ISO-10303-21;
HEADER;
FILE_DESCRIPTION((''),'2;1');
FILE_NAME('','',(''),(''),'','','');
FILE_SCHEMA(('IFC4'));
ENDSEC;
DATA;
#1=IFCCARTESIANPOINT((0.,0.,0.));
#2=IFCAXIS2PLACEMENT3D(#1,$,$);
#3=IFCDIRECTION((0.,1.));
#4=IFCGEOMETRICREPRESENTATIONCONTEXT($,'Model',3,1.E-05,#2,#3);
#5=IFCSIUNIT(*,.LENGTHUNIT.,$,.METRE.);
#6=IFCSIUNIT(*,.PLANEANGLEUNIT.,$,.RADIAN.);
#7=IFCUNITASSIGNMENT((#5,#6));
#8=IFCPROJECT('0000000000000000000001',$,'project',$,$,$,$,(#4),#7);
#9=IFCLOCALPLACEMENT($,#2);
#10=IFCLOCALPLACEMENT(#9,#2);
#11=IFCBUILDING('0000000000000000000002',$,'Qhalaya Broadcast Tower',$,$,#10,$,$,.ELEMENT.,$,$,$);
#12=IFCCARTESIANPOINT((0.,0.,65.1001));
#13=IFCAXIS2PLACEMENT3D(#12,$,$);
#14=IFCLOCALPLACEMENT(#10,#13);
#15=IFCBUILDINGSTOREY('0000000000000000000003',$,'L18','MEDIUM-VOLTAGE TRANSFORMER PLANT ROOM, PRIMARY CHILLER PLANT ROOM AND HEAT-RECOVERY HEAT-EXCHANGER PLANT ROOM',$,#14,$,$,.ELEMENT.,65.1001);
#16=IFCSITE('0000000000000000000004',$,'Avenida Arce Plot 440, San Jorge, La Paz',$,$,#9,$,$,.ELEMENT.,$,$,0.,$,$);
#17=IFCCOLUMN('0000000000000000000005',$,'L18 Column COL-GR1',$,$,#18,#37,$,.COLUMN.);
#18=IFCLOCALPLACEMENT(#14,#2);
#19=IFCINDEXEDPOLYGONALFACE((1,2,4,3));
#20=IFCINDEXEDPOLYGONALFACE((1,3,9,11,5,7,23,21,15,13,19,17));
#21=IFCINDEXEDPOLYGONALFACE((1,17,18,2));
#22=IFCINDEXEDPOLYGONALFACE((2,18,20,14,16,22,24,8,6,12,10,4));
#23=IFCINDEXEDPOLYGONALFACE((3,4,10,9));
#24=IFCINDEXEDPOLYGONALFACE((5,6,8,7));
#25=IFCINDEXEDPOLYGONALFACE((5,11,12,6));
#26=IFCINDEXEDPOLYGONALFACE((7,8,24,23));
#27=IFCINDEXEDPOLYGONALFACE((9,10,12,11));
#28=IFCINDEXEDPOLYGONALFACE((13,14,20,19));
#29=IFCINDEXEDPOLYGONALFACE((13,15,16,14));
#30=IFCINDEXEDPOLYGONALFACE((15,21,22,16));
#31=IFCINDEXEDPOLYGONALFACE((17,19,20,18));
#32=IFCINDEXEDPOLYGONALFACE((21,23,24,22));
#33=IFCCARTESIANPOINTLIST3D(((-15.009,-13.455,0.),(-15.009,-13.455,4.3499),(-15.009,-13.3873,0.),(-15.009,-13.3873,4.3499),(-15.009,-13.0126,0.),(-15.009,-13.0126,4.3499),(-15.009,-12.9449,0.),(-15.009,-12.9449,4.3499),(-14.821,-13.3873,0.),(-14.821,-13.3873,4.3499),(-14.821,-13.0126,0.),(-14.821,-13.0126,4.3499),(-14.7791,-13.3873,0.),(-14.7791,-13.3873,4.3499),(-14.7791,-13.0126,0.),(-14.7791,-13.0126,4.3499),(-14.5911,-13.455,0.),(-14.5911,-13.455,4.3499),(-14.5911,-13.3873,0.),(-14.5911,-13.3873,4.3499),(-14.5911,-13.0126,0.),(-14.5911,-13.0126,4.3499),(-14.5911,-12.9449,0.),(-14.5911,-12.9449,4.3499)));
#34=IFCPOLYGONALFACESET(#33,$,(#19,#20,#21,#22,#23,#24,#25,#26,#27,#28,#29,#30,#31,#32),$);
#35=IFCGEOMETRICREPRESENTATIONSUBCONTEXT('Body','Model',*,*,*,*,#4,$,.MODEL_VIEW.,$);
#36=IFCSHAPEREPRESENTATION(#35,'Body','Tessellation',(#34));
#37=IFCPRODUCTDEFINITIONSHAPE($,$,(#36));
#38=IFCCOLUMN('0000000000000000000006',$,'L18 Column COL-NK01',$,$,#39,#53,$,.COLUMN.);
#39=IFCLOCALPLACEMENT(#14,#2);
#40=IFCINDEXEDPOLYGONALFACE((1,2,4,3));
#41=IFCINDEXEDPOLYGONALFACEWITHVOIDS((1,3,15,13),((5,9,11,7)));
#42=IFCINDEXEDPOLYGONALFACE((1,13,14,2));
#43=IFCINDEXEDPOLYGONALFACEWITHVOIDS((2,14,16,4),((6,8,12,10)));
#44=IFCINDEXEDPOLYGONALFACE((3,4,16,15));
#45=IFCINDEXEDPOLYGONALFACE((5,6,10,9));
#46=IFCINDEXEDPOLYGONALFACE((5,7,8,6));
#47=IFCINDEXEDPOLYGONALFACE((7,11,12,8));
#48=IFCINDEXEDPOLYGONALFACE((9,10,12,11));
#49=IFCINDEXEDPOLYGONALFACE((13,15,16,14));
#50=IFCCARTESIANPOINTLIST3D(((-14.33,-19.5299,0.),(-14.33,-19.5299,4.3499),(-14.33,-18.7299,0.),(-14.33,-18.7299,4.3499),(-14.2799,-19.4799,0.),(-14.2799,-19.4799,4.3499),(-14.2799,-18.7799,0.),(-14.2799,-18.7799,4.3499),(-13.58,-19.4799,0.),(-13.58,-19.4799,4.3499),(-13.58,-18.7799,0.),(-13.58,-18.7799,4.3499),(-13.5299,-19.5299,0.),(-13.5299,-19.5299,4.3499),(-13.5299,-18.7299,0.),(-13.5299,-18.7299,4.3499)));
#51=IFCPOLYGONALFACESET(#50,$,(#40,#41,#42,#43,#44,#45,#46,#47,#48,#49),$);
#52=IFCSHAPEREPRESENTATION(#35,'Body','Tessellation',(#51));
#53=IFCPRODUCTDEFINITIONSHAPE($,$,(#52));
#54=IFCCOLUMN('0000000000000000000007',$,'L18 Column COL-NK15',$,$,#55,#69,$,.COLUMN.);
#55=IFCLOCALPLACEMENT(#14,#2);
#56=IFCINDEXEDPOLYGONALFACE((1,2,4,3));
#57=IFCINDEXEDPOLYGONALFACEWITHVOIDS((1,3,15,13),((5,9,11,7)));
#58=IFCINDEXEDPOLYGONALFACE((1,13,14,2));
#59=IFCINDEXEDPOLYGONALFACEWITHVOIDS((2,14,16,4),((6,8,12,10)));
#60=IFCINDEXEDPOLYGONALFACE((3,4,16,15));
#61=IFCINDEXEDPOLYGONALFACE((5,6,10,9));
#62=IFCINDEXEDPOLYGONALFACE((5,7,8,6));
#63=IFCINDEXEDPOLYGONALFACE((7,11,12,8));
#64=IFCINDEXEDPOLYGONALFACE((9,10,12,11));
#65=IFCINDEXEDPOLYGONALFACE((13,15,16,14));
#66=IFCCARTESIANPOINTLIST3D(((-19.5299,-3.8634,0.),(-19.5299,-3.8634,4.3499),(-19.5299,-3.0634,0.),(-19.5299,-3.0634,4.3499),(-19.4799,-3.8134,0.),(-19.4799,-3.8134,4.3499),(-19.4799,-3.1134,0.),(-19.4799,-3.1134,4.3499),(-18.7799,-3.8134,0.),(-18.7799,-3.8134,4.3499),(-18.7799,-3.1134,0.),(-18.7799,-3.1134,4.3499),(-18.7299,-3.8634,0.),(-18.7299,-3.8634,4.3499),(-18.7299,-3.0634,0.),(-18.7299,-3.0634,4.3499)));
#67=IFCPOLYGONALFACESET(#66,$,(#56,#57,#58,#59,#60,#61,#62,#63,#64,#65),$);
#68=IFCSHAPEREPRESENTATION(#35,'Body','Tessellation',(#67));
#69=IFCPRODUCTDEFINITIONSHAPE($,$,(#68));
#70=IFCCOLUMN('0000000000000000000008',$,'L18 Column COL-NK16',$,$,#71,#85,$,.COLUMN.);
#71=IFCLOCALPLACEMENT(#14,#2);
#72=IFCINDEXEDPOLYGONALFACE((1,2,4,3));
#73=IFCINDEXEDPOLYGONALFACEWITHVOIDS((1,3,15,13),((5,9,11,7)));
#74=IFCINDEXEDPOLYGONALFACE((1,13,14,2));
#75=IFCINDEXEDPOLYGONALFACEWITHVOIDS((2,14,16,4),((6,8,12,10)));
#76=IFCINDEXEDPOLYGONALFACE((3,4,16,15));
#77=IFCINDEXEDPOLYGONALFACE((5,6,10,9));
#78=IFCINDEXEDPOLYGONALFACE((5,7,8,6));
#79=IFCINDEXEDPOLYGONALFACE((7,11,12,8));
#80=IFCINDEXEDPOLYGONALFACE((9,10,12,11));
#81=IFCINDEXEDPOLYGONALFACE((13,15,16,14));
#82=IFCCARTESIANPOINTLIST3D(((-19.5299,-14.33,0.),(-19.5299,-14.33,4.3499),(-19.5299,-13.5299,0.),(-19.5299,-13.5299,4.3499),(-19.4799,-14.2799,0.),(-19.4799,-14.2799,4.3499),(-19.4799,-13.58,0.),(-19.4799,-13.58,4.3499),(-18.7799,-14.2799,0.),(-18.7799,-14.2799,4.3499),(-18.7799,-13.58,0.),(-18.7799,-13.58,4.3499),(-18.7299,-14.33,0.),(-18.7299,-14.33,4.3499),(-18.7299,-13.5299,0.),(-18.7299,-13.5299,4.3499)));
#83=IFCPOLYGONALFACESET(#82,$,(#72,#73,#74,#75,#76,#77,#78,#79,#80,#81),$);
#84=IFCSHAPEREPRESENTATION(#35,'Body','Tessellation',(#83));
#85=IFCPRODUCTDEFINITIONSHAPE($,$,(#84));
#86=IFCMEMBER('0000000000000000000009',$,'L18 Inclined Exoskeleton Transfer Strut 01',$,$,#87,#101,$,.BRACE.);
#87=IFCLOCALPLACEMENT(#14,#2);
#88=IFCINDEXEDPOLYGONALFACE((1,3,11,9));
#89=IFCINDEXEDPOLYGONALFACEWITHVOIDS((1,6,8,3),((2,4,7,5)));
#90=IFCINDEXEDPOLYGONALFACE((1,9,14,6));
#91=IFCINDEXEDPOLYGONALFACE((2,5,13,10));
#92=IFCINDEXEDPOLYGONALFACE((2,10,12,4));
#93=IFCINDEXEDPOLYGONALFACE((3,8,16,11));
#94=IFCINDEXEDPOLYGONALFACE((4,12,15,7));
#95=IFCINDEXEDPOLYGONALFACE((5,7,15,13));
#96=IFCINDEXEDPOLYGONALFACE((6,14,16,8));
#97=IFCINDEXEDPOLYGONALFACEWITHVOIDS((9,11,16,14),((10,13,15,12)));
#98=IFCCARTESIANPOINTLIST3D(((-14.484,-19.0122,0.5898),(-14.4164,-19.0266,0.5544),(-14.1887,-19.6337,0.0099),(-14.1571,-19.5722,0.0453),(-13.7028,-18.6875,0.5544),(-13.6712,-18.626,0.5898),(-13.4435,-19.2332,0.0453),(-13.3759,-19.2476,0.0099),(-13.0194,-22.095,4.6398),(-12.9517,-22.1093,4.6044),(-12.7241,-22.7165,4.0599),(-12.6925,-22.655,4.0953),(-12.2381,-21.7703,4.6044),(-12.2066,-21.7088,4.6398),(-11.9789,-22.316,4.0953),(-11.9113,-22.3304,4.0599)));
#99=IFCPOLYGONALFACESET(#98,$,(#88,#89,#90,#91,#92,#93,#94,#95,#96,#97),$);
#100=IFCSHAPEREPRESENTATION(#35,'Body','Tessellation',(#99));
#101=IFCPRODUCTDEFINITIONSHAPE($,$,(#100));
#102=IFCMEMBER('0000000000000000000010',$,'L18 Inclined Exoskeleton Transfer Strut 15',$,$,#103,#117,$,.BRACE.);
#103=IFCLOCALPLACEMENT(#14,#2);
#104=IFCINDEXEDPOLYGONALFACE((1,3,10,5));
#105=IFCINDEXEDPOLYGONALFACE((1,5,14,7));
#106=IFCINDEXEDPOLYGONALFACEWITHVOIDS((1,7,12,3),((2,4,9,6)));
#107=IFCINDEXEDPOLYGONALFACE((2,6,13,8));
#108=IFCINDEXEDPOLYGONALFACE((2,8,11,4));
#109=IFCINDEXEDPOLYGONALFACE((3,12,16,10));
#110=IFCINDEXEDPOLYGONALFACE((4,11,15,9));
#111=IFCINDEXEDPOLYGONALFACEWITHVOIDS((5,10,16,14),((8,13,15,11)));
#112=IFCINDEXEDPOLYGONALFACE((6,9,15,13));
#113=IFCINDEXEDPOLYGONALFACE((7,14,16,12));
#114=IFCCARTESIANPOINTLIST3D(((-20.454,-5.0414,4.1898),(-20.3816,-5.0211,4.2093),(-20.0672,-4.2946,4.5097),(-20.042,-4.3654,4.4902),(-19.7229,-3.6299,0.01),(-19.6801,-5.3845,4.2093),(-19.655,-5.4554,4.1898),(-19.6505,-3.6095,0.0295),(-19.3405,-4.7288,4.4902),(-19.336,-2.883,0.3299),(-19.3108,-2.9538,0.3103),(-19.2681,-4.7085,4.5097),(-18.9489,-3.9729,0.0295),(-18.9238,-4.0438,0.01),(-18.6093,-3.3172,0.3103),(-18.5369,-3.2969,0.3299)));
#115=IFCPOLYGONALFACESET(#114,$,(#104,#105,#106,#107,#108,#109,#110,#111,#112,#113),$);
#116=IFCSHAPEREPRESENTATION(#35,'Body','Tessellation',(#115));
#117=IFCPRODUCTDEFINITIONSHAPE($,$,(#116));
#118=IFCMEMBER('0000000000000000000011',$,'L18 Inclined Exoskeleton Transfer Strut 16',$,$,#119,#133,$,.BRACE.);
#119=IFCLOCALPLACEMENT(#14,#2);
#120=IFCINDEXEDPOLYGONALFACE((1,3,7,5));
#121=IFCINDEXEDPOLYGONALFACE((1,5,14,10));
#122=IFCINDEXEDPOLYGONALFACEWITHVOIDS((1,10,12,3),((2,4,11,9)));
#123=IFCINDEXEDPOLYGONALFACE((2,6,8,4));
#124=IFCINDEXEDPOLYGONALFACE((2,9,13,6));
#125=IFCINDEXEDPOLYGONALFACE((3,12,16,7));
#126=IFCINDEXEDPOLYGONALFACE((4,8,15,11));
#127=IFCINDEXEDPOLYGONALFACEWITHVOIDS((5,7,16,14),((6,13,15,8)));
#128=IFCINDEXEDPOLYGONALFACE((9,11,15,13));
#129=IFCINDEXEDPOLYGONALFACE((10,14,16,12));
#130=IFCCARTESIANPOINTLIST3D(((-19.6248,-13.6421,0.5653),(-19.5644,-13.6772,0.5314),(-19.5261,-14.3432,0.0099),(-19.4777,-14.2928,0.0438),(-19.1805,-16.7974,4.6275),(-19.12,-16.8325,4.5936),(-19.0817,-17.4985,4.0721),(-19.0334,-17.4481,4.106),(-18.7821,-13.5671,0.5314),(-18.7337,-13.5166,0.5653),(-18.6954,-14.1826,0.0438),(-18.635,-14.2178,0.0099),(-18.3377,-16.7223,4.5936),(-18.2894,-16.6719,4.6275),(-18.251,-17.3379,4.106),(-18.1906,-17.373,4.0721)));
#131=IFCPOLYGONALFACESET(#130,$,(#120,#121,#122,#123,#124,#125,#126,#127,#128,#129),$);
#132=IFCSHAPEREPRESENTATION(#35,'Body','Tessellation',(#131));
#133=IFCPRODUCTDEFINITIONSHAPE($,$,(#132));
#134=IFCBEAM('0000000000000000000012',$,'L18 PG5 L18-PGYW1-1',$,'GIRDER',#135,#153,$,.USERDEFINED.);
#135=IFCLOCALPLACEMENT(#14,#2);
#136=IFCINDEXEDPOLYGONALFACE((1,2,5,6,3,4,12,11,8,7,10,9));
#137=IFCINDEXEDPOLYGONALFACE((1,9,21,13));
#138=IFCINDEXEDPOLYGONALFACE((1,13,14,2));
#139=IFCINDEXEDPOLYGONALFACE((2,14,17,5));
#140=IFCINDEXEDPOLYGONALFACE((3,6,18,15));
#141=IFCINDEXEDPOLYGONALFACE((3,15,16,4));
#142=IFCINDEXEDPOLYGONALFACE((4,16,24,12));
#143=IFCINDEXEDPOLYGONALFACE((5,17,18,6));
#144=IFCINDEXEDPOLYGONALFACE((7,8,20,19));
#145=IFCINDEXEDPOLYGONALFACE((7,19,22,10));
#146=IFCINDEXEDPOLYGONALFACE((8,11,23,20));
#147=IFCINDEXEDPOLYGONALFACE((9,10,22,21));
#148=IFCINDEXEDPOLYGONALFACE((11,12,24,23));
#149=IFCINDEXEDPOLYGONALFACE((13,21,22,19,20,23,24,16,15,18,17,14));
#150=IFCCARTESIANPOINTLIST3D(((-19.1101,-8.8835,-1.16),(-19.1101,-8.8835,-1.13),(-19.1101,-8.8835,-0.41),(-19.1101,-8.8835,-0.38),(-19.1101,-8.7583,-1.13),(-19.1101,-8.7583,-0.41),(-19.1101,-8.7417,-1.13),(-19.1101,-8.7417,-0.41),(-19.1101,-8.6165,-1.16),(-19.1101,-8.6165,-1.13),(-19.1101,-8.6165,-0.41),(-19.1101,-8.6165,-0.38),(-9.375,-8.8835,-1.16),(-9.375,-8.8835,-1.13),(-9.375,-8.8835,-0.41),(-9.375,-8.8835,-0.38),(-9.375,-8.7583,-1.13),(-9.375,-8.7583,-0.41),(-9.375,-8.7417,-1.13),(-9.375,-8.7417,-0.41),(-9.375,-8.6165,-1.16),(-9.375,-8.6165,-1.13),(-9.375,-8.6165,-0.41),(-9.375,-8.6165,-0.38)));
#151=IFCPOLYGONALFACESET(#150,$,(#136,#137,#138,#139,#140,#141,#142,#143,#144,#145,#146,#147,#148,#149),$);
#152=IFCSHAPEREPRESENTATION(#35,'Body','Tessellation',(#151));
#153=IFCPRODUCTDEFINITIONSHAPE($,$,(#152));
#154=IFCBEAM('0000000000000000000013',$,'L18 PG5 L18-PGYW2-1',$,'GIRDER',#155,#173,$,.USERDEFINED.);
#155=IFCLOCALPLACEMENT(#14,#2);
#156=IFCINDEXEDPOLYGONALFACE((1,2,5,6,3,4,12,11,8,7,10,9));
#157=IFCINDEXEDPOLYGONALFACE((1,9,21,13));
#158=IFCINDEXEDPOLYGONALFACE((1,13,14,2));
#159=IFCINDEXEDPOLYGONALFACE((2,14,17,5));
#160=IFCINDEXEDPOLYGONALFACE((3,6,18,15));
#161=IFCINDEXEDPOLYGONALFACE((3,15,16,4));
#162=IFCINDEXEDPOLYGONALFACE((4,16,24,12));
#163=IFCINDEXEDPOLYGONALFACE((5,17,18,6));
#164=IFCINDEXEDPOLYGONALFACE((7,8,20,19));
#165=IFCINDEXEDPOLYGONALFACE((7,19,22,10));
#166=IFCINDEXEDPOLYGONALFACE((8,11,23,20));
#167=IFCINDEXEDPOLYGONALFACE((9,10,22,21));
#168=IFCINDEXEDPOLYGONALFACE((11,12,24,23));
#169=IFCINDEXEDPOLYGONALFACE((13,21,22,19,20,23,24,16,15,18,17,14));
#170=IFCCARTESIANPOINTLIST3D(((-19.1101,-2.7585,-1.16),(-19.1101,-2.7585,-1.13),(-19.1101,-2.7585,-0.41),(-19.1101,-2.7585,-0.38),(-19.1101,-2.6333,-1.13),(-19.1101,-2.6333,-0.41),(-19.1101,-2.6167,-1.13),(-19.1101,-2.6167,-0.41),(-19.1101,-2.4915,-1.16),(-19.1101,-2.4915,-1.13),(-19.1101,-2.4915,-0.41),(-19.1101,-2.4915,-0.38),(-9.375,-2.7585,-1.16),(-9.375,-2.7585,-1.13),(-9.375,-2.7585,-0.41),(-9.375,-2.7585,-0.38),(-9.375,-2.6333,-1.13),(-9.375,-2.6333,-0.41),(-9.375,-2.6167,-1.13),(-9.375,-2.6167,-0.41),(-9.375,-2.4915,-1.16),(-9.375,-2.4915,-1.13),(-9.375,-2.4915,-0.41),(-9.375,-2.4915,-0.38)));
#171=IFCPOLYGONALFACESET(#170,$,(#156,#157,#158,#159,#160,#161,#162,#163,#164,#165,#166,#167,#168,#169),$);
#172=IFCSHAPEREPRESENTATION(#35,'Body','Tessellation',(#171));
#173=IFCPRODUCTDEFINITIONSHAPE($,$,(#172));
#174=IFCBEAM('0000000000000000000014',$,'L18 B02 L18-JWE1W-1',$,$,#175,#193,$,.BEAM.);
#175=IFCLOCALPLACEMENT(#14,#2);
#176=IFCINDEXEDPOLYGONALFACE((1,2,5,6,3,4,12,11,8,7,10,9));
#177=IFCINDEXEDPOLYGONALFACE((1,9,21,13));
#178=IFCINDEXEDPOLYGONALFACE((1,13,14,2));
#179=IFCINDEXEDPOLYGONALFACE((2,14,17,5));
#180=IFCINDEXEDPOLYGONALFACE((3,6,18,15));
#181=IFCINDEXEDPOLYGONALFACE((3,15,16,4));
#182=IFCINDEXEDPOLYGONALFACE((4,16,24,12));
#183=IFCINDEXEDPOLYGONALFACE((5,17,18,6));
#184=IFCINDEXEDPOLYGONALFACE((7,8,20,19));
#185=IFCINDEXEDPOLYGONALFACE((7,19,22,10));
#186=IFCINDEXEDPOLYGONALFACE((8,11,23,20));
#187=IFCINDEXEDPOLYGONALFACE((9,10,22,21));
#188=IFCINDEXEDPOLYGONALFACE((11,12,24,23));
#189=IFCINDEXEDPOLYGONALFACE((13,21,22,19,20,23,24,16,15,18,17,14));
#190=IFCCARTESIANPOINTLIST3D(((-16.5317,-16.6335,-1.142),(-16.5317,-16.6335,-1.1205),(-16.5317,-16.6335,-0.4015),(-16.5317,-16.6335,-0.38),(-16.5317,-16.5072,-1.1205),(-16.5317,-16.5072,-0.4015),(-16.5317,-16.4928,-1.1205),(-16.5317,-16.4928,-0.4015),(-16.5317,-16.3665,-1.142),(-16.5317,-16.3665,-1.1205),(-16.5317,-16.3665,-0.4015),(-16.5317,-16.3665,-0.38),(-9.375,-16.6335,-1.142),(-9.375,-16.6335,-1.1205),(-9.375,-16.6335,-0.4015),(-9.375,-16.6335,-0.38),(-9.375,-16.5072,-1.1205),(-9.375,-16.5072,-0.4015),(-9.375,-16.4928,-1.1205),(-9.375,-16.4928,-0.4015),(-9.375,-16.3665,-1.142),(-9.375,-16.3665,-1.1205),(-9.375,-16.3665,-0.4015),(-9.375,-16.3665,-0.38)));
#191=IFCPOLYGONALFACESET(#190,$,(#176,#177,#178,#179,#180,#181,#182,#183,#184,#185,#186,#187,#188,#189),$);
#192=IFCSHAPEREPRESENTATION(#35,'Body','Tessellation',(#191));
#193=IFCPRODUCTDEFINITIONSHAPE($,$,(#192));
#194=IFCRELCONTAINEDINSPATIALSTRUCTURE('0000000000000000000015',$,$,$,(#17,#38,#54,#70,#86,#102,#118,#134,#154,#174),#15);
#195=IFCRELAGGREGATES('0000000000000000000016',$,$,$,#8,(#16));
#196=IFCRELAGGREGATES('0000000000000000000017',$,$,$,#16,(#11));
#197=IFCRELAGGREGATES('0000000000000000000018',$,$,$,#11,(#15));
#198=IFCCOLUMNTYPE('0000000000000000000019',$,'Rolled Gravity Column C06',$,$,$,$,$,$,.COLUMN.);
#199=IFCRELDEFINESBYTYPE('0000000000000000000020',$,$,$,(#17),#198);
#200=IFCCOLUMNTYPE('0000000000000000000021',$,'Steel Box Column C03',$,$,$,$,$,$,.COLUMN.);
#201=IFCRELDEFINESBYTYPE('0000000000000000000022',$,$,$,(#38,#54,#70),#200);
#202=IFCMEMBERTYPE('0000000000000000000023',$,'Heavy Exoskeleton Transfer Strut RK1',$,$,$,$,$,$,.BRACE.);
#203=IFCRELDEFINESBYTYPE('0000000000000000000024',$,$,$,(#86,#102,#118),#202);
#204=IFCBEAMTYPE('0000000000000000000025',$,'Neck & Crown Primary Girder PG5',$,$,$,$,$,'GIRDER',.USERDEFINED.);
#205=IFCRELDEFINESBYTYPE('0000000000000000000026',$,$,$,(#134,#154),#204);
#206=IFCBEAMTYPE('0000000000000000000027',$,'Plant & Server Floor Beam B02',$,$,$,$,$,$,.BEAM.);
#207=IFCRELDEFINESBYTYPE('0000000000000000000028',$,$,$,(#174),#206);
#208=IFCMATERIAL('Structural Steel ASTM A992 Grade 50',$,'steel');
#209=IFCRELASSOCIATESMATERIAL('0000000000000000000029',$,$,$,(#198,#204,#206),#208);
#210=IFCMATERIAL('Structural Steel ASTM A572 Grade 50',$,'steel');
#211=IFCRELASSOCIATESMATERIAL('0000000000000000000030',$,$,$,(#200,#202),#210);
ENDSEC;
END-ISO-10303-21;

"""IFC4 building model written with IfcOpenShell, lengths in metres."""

from ifc_helpers import new_model, si_unit, direction, frame, origin, origin_2d, place, context, subcontext, project, spatial, hollow_rectangle, i_section, extrude, material, material_profile, profile_set, type_object, element, save


model = new_model("IFC4")

# Units and contexts
model_context = context("Model", 3, precision=1e-05, world=origin(), true_north=direction((0.0, 1.0)))
body_context = subcontext(model_context, "Body", "Model", "MODEL_VIEW")
ifc_project = project(units=[si_unit("LENGTHUNIT", "METRE"), si_unit("PLANEANGLEUNIT", "RADIAN")], contexts=[model_context])

# Site, building, storey
site_placement = place(None, origin())
site = spatial("IfcSite", under=ifc_project, at=site_placement, Name="Avenida Arce Plot 440, San Jorge, La Paz", CompositionType="ELEMENT", RefElevation=0.0)
building_placement = place(site_placement, origin())
building = spatial("IfcBuilding", under=site, at=building_placement, Name="Qhalaya Broadcast Tower", CompositionType="ELEMENT")
storey_placement = place(building_placement, frame((0.0, 0.0, 65.1001)))
storey = spatial("IfcBuildingStorey", under=building, at=storey_placement, Name="L18", Description="MEDIUM-VOLTAGE TRANSFORMER PLANT ROOM, PRIMARY CHILLER PLANT ROOM AND HEAT-RECOVERY HEAT-EXCHANGER PLANT ROOM", CompositionType="ELEMENT", Elevation=65.1001)

# Columns
ifc_material_1 = material(Name="Structural Steel ASTM A992 Grade 50", Category="steel")
ifc_material_profile_1 = material_profile(ifc_material_1, i_section(OverallWidth=0.418, OverallDepth=0.51, WebThickness=0.042, FlangeThickness=0.0676, at=origin_2d()), Name="W14X370")
ifc_profile_set_1 = profile_set([ifc_material_profile_1], Name="Structural Steel ASTM A992 Grade 50")
column_type_1 = type_object("IfcColumnType", Name="Rolled Gravity Column C06", PredefinedType="COLUMN", material=ifc_profile_set_1)
column_placement = place(storey_placement, frame((-14.8, -13.2, 0.0), z_axis=(0.0, 0.0, 1.0), x_axis=(1.0, 0.0, 0.0)))
element("IfcColumn", 1, at=column_placement, inside=storey, type_object=column_type_1, Name="L18 Column COL-GR1", PredefinedType="COLUMN", context=body_context, shape_type="SweptSolid", body=[
    extrude(i_section(OverallWidth=0.418, OverallDepth=0.51, WebThickness=0.042, FlangeThickness=0.0676, at=origin_2d()), origin(), (0.0, 0.0, 1.0), 4.3499),
])
ifc_material_2 = material(Name="Structural Steel ASTM A572 Grade 50", Category="steel")
ifc_material_profile_2 = material_profile(ifc_material_2, hollow_rectangle(XDim=0.8, YDim=0.8, WallThickness=0.05, at=origin_2d()), Name="BOX 800x800x50")
ifc_profile_set_2 = profile_set([ifc_material_profile_2], Name="Structural Steel ASTM A572 Grade 50")
column_type_2 = type_object("IfcColumnType", Name="Steel Box Column C03", PredefinedType="COLUMN", material=ifc_profile_set_2)
for number, where, z_axis, x_axis, name in (
    (2, (-13.9299, -19.1299, 0.0), (0.0, 0.0, 1.0), (1.0, 0.0, 0.0), "L18 Column COL-NK01"),
    (3, (-19.1299, -3.4634, 0.0), (0.0, 0.0, 1.0), (0.0, 1.0, 0.0), "L18 Column COL-NK15"),
    (4, (-19.1299, -13.9299, 0.0), (0.0, 0.0, 1.0), (0.0, 1.0, 0.0), "L18 Column COL-NK16"),
):
    element("IfcColumn", number, at=place(storey_placement, frame(where, z_axis=z_axis, x_axis=x_axis)), inside=storey, type_object=column_type_2, Name=name, PredefinedType="COLUMN", context=body_context, shape_type="SweptSolid", body=[
        extrude(hollow_rectangle(XDim=0.8, YDim=0.8, WallThickness=0.05, at=origin_2d()), origin(), (0.0, 0.0, 1.0), 4.3499),
    ])

# Members
ifc_material_profile_3 = material_profile(ifc_material_2, hollow_rectangle(XDim=0.8999, YDim=0.8999, WallThickness=0.0549, at=origin_2d()), Name="BOX 900x900x55")
ifc_profile_set_3 = profile_set([ifc_material_profile_3], Name="Structural Steel ASTM A572 Grade 50")
member_type = type_object("IfcMemberType", Name="Heavy Exoskeleton Transfer Strut RK1", PredefinedType="BRACE", material=ifc_profile_set_3)
member_1_placement = place(storey_placement, frame((-13.9299, -19.1299, 0.2998), z_axis=(0.27653, -0.582054, 0.764686), x_axis=(0.903245, 0.429125, 0.0)))
element("IfcMember", 5, at=member_1_placement, inside=storey, type_object=member_type, Name="L18 Inclined Exoskeleton Transfer Strut 01", PredefinedType="BRACE", context=body_context, shape_type="SweptSolid", body=[
    extrude(hollow_rectangle(XDim=0.8999, YDim=0.8999, WallThickness=0.0549, at=origin_2d()), origin(), (0.0, 0.0, 1.0), 5.2964),
])
member_2_placement = place(storey_placement, frame((-19.1299, -3.4634, 0.1699), z_axis=(-0.163505, -0.315655, 0.934681), x_axis=(0.887947, -0.459945, 0.0)))
element("IfcMember", 6, at=member_2_placement, inside=storey, type_object=member_type, Name="L18 Inclined Exoskeleton Transfer Strut 15", PredefinedType="BRACE", context=body_context, shape_type="SweptSolid", body=[
    extrude(hollow_rectangle(XDim=0.8999, YDim=0.8999, WallThickness=0.0549, at=origin_2d()), origin(), (0.0, 0.0, 1.0), 4.4719),
])
member_3_placement = place(storey_placement, frame((-19.1299, -13.9299, 0.2876), z_axis=(0.086064, -0.611149, 0.786823), x_axis=(0.990229, 0.139447, 0.0)))
element("IfcMember", 7, at=member_3_placement, inside=storey, type_object=member_type, Name="L18 Inclined Exoskeleton Transfer Strut 16", PredefinedType="BRACE", context=body_context, shape_type="SweptSolid", body=[
    extrude(hollow_rectangle(XDim=0.8999, YDim=0.8999, WallThickness=0.0549, at=origin_2d()), origin(), (0.0, 0.0, 1.0), 5.1628),
])

# Beams
ifc_material_profile_4 = material_profile(ifc_material_1, i_section(OverallWidth=0.2671, OverallDepth=0.78, WebThickness=0.0166, FlangeThickness=0.03, at=origin_2d()), Name="W30X148")
ifc_profile_set_4 = profile_set([ifc_material_profile_4], Name="Structural Steel ASTM A992 Grade 50")
beam_type_1 = type_object("IfcBeamType", Name="Neck & Crown Primary Girder PG5", ElementType="GIRDER", PredefinedType="USERDEFINED", material=ifc_profile_set_4)
for number, where, z_axis, x_axis, name in (
    (8, (-19.1101, -8.75, -0.77), (1.0, 0.0, 0.0), (0.0, 1.0, 0.0), "L18 PG5 L18-PGYW1-1"),
    (9, (-19.1101, -2.625, -0.77), (1.0, 0.0, 0.0), (0.0, 1.0, 0.0), "L18 PG5 L18-PGYW2-1"),
):
    element("IfcBeam", number, at=place(storey_placement, frame(where, z_axis=z_axis, x_axis=x_axis)), inside=storey, type_object=beam_type_1, Name=name, ObjectType="GIRDER", PredefinedType="USERDEFINED", context=body_context, shape_type="SweptSolid", body=[
        extrude(i_section(OverallWidth=0.2671, OverallDepth=0.78, WebThickness=0.0166, FlangeThickness=0.03, at=origin_2d()), origin(), (0.0, 0.0, 1.0), 9.7351),
    ])
ifc_material_profile_5 = material_profile(ifc_material_1, i_section(OverallWidth=0.2671, OverallDepth=0.762, WebThickness=0.0144, FlangeThickness=0.0215, at=origin_2d()), Name="W30X116")
ifc_profile_set_5 = profile_set([ifc_material_profile_5], Name="Structural Steel ASTM A992 Grade 50")
beam_type_2 = type_object("IfcBeamType", Name="Plant & Server Floor Beam B02", PredefinedType="BEAM", material=ifc_profile_set_5)
beam_1_placement = place(storey_placement, frame((-16.5317, -16.5, -0.761), z_axis=(1.0, 0.0, 0.0), x_axis=(0.0, 1.0, 0.0)))
element("IfcBeam", 10, at=beam_1_placement, inside=storey, type_object=beam_type_2, Name="L18 B02 L18-JWE1W-1", PredefinedType="BEAM", context=body_context, shape_type="SweptSolid", body=[
    extrude(i_section(OverallWidth=0.2671, OverallDepth=0.762, WebThickness=0.0144, FlangeThickness=0.0215, at=origin_2d()), origin(), (0.0, 0.0, 1.0), 7.1567),
])

save(model, "model.ifc")
